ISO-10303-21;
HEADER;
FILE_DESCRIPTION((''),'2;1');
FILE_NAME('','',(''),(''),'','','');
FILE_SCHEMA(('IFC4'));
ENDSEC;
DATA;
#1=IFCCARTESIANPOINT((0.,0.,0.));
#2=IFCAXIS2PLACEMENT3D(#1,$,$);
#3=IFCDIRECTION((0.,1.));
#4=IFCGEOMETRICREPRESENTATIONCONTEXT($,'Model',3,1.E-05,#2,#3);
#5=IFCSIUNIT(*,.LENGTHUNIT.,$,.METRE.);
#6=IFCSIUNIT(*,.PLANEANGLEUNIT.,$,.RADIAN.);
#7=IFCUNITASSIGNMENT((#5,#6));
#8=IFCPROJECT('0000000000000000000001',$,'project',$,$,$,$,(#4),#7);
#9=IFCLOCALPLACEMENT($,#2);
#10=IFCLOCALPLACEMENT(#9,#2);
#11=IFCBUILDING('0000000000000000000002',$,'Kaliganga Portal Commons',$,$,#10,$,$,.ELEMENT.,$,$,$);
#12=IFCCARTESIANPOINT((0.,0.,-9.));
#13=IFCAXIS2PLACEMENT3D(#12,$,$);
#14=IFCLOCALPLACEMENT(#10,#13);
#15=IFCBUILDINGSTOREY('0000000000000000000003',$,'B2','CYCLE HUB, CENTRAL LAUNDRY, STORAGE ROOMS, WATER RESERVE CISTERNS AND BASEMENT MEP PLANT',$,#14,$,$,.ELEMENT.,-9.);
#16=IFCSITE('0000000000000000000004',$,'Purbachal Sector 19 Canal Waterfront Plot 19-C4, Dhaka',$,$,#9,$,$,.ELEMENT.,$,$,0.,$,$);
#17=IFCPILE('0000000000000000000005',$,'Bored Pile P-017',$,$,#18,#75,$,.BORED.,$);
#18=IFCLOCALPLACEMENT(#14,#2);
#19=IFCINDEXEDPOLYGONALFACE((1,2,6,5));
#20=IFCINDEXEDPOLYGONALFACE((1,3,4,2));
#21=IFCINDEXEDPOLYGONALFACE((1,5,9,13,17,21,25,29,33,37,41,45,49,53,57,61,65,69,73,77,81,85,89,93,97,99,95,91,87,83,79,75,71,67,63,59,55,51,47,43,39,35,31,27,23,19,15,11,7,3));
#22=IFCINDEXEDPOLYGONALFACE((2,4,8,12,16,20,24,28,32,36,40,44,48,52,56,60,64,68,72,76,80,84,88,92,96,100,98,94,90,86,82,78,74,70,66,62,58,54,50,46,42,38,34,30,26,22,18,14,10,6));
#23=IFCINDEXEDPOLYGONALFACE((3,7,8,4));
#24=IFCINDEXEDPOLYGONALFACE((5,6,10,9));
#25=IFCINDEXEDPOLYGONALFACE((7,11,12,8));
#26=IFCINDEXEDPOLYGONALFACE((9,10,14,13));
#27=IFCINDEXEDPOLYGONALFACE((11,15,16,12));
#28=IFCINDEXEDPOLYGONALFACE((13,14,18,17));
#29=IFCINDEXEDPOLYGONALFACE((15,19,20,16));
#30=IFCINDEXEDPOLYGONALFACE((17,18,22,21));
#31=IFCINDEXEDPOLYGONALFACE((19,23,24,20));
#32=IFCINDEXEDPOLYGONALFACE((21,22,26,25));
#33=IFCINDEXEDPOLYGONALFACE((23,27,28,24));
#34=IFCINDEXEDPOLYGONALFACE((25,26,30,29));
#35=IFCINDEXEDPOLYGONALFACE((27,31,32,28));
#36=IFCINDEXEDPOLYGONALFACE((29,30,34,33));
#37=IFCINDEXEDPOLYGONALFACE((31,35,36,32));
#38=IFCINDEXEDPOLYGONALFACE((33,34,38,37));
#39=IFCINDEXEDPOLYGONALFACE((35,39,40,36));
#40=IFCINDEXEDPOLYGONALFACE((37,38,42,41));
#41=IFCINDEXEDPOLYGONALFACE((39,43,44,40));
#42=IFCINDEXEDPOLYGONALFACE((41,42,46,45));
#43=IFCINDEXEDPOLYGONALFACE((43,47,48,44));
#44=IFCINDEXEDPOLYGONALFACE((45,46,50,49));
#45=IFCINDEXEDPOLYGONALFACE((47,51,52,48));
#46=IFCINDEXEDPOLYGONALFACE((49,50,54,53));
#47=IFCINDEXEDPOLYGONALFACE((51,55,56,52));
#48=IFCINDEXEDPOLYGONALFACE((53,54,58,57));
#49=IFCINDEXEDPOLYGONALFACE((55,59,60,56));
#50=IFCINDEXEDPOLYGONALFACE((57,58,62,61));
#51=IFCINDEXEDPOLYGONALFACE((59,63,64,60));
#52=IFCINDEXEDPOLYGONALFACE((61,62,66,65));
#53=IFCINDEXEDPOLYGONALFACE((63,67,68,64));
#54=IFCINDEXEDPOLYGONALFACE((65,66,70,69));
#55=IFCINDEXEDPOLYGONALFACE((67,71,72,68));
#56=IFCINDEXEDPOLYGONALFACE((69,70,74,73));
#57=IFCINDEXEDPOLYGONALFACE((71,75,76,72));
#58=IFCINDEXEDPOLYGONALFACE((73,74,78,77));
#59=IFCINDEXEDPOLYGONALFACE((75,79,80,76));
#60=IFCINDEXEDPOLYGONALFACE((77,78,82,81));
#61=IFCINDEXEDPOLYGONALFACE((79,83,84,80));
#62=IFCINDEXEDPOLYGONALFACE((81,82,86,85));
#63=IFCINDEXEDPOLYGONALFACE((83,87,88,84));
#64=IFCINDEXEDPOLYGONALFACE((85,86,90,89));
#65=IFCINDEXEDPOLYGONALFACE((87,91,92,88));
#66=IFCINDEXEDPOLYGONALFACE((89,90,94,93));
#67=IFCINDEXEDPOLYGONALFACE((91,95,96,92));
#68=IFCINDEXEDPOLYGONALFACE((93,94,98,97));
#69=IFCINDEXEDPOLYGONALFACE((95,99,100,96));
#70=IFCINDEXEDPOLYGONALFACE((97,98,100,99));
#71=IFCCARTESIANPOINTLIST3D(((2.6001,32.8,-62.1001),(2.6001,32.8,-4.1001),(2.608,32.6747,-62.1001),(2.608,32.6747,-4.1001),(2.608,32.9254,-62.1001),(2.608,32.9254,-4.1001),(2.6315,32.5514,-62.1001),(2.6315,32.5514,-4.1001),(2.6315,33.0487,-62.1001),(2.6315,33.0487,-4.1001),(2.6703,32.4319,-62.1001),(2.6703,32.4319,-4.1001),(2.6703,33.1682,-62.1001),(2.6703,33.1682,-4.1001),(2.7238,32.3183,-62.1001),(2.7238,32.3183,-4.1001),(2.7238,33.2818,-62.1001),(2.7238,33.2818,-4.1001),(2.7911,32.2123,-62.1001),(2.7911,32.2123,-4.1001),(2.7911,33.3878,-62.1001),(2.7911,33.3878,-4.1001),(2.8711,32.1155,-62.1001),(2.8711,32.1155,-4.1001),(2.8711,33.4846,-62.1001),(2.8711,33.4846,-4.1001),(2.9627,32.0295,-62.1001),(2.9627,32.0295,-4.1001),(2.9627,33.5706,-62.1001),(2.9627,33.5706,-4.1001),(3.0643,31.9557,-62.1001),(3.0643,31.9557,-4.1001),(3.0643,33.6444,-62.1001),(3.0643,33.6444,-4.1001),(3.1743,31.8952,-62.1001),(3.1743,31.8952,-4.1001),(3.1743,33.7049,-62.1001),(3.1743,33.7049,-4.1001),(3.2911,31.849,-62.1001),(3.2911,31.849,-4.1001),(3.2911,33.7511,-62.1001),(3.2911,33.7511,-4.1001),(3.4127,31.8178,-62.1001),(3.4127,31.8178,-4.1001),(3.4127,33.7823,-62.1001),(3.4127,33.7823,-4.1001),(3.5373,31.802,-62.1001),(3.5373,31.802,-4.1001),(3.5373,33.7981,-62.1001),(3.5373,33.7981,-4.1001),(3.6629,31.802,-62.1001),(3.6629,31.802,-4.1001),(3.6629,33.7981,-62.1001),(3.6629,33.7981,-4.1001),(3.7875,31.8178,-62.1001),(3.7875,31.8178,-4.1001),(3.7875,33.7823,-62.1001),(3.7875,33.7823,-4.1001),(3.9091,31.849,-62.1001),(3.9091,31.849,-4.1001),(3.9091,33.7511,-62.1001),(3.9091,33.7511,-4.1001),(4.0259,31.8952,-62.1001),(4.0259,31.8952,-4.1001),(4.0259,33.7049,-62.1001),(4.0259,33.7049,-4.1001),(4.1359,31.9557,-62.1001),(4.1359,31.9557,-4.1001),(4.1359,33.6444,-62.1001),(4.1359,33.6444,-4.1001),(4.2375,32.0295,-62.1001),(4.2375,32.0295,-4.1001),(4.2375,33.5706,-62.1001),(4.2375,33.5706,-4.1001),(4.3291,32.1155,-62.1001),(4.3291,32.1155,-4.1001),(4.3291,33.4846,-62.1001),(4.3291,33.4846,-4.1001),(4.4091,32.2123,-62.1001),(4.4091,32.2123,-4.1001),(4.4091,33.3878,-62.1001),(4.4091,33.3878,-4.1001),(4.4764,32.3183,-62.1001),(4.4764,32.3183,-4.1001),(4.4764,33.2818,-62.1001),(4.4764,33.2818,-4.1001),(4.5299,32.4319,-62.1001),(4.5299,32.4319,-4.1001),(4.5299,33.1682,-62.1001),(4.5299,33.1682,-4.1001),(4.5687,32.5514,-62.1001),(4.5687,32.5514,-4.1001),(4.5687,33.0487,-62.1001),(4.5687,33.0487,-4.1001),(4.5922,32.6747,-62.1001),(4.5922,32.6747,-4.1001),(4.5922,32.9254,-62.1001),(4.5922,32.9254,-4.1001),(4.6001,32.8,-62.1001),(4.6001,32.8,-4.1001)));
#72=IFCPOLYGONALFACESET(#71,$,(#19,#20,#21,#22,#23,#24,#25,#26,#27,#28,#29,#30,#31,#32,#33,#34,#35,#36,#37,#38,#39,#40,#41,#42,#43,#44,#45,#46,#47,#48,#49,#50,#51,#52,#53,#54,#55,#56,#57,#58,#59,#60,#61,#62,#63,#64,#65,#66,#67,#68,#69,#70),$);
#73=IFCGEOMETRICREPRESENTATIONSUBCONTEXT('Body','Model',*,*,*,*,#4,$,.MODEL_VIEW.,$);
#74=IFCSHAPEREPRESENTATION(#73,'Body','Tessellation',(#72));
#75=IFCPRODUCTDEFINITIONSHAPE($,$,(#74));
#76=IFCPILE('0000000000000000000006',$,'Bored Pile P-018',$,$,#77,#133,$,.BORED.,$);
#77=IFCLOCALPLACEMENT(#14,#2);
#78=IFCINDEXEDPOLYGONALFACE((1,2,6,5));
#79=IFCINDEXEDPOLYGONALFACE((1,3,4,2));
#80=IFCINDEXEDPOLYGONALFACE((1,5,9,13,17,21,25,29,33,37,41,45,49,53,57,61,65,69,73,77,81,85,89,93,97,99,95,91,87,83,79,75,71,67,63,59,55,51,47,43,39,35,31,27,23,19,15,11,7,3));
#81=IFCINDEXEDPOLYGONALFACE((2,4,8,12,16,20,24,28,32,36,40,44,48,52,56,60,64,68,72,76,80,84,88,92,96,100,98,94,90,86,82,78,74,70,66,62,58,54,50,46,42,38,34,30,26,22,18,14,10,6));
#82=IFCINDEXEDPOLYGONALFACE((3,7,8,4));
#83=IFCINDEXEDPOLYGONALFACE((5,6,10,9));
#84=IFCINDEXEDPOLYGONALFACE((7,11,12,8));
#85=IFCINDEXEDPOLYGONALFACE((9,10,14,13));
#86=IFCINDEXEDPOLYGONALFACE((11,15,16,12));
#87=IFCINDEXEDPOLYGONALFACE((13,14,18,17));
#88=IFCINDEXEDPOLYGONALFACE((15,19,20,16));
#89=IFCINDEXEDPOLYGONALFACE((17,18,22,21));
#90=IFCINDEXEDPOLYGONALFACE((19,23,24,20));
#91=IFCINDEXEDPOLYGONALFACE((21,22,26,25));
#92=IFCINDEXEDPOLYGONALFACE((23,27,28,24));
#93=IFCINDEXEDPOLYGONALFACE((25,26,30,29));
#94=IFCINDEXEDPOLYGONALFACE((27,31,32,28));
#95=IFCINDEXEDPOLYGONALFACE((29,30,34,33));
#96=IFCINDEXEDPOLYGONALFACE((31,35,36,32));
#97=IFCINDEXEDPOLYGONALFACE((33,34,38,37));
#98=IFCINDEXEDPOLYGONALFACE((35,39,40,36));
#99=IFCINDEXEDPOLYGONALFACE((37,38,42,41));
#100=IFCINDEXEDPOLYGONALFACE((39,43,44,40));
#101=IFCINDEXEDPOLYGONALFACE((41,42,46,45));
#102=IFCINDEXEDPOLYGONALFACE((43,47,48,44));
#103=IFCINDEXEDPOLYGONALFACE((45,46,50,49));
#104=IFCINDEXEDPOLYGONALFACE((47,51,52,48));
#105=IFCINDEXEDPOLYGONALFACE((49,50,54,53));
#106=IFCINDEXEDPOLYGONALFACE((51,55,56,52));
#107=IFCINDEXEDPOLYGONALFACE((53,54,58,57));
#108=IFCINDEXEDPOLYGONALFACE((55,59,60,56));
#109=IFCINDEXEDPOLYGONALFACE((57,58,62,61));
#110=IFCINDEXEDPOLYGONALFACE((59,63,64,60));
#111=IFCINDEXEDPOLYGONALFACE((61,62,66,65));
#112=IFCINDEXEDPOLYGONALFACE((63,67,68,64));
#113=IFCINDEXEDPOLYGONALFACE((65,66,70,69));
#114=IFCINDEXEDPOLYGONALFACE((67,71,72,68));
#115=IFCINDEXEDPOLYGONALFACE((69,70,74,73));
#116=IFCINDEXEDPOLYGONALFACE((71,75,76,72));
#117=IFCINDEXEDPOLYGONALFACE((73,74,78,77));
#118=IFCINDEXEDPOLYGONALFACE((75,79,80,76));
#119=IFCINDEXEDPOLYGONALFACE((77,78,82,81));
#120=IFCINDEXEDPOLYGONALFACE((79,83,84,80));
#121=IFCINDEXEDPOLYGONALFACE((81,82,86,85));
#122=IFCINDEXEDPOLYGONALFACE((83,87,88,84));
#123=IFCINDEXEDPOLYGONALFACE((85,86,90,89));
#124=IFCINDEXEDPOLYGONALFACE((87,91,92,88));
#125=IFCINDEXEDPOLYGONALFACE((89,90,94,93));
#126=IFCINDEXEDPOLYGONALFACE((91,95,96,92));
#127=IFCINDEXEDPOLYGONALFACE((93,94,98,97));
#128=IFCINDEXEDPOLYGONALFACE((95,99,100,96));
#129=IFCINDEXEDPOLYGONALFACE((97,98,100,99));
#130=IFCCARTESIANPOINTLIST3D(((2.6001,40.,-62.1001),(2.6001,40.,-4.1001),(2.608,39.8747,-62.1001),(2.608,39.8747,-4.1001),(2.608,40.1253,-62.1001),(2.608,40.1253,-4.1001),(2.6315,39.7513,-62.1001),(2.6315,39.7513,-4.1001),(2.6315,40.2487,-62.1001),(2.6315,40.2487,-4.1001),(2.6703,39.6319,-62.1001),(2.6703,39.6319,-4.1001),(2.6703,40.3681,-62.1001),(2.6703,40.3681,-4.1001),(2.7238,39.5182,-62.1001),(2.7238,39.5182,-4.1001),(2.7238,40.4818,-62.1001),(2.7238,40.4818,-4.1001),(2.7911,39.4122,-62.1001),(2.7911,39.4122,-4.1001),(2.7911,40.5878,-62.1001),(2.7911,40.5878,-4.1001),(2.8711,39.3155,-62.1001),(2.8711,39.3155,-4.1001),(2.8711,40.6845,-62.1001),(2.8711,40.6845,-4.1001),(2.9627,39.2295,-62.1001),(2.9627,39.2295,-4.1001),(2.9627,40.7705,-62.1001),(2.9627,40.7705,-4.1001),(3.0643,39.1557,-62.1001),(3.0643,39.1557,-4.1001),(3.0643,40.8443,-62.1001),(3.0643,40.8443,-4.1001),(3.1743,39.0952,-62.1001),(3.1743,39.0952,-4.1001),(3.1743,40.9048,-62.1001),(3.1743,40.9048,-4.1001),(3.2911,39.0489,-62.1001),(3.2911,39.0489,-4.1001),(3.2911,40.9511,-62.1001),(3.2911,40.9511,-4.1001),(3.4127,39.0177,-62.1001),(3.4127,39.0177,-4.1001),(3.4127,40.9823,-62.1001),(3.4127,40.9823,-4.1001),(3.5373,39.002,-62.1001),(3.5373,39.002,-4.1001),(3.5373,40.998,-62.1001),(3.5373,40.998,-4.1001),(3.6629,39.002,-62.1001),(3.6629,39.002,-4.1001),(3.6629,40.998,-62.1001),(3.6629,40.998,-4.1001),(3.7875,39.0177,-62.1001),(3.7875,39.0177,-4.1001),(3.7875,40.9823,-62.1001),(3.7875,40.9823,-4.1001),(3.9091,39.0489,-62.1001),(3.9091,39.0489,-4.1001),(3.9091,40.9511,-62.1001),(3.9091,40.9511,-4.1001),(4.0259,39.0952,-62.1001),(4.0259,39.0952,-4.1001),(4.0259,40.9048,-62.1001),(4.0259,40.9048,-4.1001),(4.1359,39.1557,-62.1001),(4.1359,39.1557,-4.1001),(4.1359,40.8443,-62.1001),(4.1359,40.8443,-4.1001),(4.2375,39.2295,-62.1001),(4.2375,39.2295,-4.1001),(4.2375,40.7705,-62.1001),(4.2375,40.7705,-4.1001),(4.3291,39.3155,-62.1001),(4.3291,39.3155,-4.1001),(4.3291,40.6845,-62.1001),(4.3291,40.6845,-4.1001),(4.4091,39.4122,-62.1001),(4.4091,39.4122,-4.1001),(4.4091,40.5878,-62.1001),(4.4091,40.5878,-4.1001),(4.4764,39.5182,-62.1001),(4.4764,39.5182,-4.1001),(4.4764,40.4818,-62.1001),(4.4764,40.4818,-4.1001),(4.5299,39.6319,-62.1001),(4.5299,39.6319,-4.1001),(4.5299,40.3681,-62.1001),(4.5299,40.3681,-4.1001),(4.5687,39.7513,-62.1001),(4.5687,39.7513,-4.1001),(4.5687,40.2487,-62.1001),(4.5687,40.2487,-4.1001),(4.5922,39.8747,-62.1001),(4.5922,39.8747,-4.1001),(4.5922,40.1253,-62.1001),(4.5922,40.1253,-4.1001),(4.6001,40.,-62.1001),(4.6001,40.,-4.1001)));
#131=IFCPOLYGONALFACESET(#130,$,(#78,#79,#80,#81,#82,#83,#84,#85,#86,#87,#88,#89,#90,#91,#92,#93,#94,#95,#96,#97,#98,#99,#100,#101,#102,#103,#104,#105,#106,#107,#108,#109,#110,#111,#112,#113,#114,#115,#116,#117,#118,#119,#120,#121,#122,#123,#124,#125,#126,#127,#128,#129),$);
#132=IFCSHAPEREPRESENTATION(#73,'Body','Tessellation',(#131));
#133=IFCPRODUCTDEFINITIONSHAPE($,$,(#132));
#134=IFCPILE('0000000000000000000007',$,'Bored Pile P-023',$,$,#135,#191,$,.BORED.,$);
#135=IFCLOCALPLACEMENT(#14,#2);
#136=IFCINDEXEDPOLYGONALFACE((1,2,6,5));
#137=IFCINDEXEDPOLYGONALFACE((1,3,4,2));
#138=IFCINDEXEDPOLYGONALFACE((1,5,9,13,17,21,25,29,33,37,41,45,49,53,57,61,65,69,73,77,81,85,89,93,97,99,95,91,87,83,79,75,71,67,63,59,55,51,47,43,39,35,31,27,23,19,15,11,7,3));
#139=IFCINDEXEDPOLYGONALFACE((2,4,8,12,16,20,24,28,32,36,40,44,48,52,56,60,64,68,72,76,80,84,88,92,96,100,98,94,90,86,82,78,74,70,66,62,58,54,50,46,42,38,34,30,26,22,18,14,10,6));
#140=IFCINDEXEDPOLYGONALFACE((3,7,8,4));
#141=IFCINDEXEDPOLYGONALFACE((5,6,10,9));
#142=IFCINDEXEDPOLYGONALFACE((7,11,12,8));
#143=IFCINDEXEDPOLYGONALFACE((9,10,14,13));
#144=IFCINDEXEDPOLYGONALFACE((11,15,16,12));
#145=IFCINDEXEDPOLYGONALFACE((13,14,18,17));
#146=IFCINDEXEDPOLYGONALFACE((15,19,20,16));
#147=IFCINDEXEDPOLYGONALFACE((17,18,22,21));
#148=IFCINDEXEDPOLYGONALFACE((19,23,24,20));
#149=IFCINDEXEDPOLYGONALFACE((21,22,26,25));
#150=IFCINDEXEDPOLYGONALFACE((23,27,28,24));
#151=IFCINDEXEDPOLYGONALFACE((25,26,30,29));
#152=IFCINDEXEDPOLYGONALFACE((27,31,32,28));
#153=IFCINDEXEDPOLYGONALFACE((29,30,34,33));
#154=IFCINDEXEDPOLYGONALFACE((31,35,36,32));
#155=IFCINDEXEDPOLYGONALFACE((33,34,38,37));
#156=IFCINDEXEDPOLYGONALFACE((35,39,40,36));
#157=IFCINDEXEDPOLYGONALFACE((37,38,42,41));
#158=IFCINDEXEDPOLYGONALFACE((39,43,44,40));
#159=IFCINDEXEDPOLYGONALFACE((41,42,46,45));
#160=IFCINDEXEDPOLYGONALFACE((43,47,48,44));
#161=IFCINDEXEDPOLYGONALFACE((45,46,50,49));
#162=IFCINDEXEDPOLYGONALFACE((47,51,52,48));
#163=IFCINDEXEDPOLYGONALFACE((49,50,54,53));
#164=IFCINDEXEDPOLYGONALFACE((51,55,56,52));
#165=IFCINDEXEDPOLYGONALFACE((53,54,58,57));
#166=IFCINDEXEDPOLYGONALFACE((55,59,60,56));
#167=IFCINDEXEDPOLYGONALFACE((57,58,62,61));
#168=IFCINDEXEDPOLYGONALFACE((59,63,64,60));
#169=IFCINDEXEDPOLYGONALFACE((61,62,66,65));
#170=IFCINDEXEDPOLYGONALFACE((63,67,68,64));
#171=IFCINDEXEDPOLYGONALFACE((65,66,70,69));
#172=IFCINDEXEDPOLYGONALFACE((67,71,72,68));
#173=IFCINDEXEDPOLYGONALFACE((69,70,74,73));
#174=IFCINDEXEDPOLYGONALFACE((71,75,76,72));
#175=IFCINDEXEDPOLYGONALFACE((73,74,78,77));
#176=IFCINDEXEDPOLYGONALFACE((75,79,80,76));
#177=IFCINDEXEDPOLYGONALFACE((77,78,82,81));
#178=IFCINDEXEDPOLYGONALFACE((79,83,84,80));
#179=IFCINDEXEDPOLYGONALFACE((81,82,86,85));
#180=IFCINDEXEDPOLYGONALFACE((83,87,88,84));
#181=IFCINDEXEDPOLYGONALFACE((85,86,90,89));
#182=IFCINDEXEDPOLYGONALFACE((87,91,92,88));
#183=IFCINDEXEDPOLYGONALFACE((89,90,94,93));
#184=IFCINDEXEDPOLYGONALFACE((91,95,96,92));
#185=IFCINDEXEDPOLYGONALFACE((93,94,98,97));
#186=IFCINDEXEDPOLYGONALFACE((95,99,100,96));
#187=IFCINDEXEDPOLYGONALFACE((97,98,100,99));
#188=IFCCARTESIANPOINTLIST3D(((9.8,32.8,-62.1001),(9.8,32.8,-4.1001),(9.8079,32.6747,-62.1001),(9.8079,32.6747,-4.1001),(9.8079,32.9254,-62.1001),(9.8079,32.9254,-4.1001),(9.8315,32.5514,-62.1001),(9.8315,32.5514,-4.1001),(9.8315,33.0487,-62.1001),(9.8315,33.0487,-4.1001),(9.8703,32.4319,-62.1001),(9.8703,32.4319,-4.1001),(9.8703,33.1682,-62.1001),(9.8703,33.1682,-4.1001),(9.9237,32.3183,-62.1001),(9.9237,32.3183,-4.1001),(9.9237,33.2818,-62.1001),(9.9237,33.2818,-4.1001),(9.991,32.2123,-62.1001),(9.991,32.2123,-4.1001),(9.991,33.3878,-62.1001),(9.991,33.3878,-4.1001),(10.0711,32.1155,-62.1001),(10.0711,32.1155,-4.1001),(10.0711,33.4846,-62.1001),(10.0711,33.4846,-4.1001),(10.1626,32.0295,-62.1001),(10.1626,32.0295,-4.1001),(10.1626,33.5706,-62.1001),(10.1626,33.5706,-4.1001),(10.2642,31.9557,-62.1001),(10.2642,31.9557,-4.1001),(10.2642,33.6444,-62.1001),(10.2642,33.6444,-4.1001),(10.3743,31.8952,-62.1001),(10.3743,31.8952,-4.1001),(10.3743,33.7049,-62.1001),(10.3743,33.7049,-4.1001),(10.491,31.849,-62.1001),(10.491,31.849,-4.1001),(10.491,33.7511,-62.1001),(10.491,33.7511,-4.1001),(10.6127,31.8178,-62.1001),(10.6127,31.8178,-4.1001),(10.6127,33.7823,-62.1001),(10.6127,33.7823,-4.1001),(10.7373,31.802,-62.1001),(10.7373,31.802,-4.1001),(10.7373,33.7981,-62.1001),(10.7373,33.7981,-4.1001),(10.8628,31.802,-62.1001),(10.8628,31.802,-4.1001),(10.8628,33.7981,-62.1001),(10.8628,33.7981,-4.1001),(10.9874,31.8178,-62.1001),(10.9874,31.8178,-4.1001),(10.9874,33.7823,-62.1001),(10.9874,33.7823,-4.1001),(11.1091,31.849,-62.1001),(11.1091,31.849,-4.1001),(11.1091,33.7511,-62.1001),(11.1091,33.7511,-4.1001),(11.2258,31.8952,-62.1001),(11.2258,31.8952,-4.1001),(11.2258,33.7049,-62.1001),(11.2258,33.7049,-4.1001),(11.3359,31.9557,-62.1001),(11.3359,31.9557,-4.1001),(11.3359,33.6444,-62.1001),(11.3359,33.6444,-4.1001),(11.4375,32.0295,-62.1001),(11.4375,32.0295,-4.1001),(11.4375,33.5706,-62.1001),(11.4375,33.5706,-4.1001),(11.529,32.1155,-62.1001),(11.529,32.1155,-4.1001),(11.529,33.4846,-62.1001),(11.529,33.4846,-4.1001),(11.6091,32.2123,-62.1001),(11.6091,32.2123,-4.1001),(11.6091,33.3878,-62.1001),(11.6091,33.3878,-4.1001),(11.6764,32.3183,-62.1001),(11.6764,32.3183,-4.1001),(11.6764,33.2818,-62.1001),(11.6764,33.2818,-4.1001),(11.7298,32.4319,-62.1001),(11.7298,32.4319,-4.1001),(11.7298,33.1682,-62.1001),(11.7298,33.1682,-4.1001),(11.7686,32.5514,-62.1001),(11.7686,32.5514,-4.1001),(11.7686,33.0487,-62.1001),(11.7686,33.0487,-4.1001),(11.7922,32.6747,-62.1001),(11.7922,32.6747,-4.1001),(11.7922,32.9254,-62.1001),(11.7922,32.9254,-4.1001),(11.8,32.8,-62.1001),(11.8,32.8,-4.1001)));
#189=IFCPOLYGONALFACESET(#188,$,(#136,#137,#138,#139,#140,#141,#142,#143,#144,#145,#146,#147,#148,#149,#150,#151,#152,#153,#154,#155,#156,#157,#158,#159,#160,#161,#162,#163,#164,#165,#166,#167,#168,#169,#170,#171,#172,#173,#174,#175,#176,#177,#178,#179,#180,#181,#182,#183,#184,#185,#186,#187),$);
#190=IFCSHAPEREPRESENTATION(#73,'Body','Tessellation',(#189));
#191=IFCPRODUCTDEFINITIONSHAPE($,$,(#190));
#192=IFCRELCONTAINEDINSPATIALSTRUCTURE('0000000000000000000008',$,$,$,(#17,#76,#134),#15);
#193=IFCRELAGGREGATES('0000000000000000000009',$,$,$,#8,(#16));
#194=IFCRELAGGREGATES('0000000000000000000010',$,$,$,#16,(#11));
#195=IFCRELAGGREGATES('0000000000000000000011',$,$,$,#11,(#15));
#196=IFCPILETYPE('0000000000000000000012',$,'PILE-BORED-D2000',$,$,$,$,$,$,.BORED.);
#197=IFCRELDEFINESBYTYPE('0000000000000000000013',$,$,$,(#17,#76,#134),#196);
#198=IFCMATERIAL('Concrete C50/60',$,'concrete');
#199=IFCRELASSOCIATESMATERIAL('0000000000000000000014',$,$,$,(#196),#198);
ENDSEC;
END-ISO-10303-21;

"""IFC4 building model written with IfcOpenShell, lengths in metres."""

from ifc_helpers import new_model, si_unit, direction, frame, origin, origin_2d, place, context, subcontext, project, spatial, circle, extrude, material, material_profile, profile_set, type_object, element, save


model = new_model("IFC4")

# Units and contexts
model_context = context("Model", 3, precision=1e-05, world=origin(), true_north=direction((0.0, 1.0)))
body_context = subcontext(model_context, "Body", "Model", "MODEL_VIEW")
ifc_project = project(units=[si_unit("LENGTHUNIT", "METRE"), si_unit("PLANEANGLEUNIT", "RADIAN")], contexts=[model_context])

# Site, building, storey
site_placement = place(None, origin())
site = spatial("IfcSite", under=ifc_project, at=site_placement, Name="Purbachal Sector 19 Canal Waterfront Plot 19-C4, Dhaka", CompositionType="ELEMENT", RefElevation=0.0)
building_placement = place(site_placement, origin())
building = spatial("IfcBuilding", under=site, at=building_placement, Name="Kaliganga Portal Commons", CompositionType="ELEMENT")
storey_placement = place(building_placement, frame((0.0, 0.0, -9.0)))
storey = spatial("IfcBuildingStorey", under=building, at=storey_placement, Name="B2", Description="CYCLE HUB, CENTRAL LAUNDRY, STORAGE ROOMS, WATER RESERVE CISTERNS AND BASEMENT MEP PLANT", CompositionType="ELEMENT", Elevation=-9.0)

# Piles
ifc_material_1 = material(Name="Concrete C50/60", Category="concrete")
ifc_material_profile_1 = material_profile(ifc_material_1, circle(Radius=1.0, at=origin_2d()), Name="PILE D2000")
ifc_profile_set_1 = profile_set([ifc_material_profile_1], Name="Concrete C50/60")
pile_type = type_object("IfcPileType", Name="PILE-BORED-D2000", PredefinedType="BORED", material=ifc_profile_set_1)
for number, where, z_axis, x_axis, name in (
    (1, (3.6001, 32.8, -4.1001), (0.0, 0.0, -1.0), (1.0, 0.0, 0.0), "Bored Pile P-017"),
    (2, (3.6001, 40.0, -4.1001), (0.0, 0.0, -1.0), (1.0, 0.0, 0.0), "Bored Pile P-018"),
    (3, (10.8, 32.8, -4.1001), (0.0, 0.0, -1.0), (1.0, 0.0, 0.0), "Bored Pile P-023"),
):
    element("IfcPile", number, at=place(storey_placement, frame(where, z_axis=z_axis, x_axis=x_axis)), inside=storey, type_object=pile_type, Name=name, PredefinedType="BORED", context=body_context, shape_type="SweptSolid", body=[
        extrude(circle(Radius=1.0, at=origin_2d()), origin(), (0.0, 0.0, 1.0), 58.0),
    ])

save(model, "model.ifc")
